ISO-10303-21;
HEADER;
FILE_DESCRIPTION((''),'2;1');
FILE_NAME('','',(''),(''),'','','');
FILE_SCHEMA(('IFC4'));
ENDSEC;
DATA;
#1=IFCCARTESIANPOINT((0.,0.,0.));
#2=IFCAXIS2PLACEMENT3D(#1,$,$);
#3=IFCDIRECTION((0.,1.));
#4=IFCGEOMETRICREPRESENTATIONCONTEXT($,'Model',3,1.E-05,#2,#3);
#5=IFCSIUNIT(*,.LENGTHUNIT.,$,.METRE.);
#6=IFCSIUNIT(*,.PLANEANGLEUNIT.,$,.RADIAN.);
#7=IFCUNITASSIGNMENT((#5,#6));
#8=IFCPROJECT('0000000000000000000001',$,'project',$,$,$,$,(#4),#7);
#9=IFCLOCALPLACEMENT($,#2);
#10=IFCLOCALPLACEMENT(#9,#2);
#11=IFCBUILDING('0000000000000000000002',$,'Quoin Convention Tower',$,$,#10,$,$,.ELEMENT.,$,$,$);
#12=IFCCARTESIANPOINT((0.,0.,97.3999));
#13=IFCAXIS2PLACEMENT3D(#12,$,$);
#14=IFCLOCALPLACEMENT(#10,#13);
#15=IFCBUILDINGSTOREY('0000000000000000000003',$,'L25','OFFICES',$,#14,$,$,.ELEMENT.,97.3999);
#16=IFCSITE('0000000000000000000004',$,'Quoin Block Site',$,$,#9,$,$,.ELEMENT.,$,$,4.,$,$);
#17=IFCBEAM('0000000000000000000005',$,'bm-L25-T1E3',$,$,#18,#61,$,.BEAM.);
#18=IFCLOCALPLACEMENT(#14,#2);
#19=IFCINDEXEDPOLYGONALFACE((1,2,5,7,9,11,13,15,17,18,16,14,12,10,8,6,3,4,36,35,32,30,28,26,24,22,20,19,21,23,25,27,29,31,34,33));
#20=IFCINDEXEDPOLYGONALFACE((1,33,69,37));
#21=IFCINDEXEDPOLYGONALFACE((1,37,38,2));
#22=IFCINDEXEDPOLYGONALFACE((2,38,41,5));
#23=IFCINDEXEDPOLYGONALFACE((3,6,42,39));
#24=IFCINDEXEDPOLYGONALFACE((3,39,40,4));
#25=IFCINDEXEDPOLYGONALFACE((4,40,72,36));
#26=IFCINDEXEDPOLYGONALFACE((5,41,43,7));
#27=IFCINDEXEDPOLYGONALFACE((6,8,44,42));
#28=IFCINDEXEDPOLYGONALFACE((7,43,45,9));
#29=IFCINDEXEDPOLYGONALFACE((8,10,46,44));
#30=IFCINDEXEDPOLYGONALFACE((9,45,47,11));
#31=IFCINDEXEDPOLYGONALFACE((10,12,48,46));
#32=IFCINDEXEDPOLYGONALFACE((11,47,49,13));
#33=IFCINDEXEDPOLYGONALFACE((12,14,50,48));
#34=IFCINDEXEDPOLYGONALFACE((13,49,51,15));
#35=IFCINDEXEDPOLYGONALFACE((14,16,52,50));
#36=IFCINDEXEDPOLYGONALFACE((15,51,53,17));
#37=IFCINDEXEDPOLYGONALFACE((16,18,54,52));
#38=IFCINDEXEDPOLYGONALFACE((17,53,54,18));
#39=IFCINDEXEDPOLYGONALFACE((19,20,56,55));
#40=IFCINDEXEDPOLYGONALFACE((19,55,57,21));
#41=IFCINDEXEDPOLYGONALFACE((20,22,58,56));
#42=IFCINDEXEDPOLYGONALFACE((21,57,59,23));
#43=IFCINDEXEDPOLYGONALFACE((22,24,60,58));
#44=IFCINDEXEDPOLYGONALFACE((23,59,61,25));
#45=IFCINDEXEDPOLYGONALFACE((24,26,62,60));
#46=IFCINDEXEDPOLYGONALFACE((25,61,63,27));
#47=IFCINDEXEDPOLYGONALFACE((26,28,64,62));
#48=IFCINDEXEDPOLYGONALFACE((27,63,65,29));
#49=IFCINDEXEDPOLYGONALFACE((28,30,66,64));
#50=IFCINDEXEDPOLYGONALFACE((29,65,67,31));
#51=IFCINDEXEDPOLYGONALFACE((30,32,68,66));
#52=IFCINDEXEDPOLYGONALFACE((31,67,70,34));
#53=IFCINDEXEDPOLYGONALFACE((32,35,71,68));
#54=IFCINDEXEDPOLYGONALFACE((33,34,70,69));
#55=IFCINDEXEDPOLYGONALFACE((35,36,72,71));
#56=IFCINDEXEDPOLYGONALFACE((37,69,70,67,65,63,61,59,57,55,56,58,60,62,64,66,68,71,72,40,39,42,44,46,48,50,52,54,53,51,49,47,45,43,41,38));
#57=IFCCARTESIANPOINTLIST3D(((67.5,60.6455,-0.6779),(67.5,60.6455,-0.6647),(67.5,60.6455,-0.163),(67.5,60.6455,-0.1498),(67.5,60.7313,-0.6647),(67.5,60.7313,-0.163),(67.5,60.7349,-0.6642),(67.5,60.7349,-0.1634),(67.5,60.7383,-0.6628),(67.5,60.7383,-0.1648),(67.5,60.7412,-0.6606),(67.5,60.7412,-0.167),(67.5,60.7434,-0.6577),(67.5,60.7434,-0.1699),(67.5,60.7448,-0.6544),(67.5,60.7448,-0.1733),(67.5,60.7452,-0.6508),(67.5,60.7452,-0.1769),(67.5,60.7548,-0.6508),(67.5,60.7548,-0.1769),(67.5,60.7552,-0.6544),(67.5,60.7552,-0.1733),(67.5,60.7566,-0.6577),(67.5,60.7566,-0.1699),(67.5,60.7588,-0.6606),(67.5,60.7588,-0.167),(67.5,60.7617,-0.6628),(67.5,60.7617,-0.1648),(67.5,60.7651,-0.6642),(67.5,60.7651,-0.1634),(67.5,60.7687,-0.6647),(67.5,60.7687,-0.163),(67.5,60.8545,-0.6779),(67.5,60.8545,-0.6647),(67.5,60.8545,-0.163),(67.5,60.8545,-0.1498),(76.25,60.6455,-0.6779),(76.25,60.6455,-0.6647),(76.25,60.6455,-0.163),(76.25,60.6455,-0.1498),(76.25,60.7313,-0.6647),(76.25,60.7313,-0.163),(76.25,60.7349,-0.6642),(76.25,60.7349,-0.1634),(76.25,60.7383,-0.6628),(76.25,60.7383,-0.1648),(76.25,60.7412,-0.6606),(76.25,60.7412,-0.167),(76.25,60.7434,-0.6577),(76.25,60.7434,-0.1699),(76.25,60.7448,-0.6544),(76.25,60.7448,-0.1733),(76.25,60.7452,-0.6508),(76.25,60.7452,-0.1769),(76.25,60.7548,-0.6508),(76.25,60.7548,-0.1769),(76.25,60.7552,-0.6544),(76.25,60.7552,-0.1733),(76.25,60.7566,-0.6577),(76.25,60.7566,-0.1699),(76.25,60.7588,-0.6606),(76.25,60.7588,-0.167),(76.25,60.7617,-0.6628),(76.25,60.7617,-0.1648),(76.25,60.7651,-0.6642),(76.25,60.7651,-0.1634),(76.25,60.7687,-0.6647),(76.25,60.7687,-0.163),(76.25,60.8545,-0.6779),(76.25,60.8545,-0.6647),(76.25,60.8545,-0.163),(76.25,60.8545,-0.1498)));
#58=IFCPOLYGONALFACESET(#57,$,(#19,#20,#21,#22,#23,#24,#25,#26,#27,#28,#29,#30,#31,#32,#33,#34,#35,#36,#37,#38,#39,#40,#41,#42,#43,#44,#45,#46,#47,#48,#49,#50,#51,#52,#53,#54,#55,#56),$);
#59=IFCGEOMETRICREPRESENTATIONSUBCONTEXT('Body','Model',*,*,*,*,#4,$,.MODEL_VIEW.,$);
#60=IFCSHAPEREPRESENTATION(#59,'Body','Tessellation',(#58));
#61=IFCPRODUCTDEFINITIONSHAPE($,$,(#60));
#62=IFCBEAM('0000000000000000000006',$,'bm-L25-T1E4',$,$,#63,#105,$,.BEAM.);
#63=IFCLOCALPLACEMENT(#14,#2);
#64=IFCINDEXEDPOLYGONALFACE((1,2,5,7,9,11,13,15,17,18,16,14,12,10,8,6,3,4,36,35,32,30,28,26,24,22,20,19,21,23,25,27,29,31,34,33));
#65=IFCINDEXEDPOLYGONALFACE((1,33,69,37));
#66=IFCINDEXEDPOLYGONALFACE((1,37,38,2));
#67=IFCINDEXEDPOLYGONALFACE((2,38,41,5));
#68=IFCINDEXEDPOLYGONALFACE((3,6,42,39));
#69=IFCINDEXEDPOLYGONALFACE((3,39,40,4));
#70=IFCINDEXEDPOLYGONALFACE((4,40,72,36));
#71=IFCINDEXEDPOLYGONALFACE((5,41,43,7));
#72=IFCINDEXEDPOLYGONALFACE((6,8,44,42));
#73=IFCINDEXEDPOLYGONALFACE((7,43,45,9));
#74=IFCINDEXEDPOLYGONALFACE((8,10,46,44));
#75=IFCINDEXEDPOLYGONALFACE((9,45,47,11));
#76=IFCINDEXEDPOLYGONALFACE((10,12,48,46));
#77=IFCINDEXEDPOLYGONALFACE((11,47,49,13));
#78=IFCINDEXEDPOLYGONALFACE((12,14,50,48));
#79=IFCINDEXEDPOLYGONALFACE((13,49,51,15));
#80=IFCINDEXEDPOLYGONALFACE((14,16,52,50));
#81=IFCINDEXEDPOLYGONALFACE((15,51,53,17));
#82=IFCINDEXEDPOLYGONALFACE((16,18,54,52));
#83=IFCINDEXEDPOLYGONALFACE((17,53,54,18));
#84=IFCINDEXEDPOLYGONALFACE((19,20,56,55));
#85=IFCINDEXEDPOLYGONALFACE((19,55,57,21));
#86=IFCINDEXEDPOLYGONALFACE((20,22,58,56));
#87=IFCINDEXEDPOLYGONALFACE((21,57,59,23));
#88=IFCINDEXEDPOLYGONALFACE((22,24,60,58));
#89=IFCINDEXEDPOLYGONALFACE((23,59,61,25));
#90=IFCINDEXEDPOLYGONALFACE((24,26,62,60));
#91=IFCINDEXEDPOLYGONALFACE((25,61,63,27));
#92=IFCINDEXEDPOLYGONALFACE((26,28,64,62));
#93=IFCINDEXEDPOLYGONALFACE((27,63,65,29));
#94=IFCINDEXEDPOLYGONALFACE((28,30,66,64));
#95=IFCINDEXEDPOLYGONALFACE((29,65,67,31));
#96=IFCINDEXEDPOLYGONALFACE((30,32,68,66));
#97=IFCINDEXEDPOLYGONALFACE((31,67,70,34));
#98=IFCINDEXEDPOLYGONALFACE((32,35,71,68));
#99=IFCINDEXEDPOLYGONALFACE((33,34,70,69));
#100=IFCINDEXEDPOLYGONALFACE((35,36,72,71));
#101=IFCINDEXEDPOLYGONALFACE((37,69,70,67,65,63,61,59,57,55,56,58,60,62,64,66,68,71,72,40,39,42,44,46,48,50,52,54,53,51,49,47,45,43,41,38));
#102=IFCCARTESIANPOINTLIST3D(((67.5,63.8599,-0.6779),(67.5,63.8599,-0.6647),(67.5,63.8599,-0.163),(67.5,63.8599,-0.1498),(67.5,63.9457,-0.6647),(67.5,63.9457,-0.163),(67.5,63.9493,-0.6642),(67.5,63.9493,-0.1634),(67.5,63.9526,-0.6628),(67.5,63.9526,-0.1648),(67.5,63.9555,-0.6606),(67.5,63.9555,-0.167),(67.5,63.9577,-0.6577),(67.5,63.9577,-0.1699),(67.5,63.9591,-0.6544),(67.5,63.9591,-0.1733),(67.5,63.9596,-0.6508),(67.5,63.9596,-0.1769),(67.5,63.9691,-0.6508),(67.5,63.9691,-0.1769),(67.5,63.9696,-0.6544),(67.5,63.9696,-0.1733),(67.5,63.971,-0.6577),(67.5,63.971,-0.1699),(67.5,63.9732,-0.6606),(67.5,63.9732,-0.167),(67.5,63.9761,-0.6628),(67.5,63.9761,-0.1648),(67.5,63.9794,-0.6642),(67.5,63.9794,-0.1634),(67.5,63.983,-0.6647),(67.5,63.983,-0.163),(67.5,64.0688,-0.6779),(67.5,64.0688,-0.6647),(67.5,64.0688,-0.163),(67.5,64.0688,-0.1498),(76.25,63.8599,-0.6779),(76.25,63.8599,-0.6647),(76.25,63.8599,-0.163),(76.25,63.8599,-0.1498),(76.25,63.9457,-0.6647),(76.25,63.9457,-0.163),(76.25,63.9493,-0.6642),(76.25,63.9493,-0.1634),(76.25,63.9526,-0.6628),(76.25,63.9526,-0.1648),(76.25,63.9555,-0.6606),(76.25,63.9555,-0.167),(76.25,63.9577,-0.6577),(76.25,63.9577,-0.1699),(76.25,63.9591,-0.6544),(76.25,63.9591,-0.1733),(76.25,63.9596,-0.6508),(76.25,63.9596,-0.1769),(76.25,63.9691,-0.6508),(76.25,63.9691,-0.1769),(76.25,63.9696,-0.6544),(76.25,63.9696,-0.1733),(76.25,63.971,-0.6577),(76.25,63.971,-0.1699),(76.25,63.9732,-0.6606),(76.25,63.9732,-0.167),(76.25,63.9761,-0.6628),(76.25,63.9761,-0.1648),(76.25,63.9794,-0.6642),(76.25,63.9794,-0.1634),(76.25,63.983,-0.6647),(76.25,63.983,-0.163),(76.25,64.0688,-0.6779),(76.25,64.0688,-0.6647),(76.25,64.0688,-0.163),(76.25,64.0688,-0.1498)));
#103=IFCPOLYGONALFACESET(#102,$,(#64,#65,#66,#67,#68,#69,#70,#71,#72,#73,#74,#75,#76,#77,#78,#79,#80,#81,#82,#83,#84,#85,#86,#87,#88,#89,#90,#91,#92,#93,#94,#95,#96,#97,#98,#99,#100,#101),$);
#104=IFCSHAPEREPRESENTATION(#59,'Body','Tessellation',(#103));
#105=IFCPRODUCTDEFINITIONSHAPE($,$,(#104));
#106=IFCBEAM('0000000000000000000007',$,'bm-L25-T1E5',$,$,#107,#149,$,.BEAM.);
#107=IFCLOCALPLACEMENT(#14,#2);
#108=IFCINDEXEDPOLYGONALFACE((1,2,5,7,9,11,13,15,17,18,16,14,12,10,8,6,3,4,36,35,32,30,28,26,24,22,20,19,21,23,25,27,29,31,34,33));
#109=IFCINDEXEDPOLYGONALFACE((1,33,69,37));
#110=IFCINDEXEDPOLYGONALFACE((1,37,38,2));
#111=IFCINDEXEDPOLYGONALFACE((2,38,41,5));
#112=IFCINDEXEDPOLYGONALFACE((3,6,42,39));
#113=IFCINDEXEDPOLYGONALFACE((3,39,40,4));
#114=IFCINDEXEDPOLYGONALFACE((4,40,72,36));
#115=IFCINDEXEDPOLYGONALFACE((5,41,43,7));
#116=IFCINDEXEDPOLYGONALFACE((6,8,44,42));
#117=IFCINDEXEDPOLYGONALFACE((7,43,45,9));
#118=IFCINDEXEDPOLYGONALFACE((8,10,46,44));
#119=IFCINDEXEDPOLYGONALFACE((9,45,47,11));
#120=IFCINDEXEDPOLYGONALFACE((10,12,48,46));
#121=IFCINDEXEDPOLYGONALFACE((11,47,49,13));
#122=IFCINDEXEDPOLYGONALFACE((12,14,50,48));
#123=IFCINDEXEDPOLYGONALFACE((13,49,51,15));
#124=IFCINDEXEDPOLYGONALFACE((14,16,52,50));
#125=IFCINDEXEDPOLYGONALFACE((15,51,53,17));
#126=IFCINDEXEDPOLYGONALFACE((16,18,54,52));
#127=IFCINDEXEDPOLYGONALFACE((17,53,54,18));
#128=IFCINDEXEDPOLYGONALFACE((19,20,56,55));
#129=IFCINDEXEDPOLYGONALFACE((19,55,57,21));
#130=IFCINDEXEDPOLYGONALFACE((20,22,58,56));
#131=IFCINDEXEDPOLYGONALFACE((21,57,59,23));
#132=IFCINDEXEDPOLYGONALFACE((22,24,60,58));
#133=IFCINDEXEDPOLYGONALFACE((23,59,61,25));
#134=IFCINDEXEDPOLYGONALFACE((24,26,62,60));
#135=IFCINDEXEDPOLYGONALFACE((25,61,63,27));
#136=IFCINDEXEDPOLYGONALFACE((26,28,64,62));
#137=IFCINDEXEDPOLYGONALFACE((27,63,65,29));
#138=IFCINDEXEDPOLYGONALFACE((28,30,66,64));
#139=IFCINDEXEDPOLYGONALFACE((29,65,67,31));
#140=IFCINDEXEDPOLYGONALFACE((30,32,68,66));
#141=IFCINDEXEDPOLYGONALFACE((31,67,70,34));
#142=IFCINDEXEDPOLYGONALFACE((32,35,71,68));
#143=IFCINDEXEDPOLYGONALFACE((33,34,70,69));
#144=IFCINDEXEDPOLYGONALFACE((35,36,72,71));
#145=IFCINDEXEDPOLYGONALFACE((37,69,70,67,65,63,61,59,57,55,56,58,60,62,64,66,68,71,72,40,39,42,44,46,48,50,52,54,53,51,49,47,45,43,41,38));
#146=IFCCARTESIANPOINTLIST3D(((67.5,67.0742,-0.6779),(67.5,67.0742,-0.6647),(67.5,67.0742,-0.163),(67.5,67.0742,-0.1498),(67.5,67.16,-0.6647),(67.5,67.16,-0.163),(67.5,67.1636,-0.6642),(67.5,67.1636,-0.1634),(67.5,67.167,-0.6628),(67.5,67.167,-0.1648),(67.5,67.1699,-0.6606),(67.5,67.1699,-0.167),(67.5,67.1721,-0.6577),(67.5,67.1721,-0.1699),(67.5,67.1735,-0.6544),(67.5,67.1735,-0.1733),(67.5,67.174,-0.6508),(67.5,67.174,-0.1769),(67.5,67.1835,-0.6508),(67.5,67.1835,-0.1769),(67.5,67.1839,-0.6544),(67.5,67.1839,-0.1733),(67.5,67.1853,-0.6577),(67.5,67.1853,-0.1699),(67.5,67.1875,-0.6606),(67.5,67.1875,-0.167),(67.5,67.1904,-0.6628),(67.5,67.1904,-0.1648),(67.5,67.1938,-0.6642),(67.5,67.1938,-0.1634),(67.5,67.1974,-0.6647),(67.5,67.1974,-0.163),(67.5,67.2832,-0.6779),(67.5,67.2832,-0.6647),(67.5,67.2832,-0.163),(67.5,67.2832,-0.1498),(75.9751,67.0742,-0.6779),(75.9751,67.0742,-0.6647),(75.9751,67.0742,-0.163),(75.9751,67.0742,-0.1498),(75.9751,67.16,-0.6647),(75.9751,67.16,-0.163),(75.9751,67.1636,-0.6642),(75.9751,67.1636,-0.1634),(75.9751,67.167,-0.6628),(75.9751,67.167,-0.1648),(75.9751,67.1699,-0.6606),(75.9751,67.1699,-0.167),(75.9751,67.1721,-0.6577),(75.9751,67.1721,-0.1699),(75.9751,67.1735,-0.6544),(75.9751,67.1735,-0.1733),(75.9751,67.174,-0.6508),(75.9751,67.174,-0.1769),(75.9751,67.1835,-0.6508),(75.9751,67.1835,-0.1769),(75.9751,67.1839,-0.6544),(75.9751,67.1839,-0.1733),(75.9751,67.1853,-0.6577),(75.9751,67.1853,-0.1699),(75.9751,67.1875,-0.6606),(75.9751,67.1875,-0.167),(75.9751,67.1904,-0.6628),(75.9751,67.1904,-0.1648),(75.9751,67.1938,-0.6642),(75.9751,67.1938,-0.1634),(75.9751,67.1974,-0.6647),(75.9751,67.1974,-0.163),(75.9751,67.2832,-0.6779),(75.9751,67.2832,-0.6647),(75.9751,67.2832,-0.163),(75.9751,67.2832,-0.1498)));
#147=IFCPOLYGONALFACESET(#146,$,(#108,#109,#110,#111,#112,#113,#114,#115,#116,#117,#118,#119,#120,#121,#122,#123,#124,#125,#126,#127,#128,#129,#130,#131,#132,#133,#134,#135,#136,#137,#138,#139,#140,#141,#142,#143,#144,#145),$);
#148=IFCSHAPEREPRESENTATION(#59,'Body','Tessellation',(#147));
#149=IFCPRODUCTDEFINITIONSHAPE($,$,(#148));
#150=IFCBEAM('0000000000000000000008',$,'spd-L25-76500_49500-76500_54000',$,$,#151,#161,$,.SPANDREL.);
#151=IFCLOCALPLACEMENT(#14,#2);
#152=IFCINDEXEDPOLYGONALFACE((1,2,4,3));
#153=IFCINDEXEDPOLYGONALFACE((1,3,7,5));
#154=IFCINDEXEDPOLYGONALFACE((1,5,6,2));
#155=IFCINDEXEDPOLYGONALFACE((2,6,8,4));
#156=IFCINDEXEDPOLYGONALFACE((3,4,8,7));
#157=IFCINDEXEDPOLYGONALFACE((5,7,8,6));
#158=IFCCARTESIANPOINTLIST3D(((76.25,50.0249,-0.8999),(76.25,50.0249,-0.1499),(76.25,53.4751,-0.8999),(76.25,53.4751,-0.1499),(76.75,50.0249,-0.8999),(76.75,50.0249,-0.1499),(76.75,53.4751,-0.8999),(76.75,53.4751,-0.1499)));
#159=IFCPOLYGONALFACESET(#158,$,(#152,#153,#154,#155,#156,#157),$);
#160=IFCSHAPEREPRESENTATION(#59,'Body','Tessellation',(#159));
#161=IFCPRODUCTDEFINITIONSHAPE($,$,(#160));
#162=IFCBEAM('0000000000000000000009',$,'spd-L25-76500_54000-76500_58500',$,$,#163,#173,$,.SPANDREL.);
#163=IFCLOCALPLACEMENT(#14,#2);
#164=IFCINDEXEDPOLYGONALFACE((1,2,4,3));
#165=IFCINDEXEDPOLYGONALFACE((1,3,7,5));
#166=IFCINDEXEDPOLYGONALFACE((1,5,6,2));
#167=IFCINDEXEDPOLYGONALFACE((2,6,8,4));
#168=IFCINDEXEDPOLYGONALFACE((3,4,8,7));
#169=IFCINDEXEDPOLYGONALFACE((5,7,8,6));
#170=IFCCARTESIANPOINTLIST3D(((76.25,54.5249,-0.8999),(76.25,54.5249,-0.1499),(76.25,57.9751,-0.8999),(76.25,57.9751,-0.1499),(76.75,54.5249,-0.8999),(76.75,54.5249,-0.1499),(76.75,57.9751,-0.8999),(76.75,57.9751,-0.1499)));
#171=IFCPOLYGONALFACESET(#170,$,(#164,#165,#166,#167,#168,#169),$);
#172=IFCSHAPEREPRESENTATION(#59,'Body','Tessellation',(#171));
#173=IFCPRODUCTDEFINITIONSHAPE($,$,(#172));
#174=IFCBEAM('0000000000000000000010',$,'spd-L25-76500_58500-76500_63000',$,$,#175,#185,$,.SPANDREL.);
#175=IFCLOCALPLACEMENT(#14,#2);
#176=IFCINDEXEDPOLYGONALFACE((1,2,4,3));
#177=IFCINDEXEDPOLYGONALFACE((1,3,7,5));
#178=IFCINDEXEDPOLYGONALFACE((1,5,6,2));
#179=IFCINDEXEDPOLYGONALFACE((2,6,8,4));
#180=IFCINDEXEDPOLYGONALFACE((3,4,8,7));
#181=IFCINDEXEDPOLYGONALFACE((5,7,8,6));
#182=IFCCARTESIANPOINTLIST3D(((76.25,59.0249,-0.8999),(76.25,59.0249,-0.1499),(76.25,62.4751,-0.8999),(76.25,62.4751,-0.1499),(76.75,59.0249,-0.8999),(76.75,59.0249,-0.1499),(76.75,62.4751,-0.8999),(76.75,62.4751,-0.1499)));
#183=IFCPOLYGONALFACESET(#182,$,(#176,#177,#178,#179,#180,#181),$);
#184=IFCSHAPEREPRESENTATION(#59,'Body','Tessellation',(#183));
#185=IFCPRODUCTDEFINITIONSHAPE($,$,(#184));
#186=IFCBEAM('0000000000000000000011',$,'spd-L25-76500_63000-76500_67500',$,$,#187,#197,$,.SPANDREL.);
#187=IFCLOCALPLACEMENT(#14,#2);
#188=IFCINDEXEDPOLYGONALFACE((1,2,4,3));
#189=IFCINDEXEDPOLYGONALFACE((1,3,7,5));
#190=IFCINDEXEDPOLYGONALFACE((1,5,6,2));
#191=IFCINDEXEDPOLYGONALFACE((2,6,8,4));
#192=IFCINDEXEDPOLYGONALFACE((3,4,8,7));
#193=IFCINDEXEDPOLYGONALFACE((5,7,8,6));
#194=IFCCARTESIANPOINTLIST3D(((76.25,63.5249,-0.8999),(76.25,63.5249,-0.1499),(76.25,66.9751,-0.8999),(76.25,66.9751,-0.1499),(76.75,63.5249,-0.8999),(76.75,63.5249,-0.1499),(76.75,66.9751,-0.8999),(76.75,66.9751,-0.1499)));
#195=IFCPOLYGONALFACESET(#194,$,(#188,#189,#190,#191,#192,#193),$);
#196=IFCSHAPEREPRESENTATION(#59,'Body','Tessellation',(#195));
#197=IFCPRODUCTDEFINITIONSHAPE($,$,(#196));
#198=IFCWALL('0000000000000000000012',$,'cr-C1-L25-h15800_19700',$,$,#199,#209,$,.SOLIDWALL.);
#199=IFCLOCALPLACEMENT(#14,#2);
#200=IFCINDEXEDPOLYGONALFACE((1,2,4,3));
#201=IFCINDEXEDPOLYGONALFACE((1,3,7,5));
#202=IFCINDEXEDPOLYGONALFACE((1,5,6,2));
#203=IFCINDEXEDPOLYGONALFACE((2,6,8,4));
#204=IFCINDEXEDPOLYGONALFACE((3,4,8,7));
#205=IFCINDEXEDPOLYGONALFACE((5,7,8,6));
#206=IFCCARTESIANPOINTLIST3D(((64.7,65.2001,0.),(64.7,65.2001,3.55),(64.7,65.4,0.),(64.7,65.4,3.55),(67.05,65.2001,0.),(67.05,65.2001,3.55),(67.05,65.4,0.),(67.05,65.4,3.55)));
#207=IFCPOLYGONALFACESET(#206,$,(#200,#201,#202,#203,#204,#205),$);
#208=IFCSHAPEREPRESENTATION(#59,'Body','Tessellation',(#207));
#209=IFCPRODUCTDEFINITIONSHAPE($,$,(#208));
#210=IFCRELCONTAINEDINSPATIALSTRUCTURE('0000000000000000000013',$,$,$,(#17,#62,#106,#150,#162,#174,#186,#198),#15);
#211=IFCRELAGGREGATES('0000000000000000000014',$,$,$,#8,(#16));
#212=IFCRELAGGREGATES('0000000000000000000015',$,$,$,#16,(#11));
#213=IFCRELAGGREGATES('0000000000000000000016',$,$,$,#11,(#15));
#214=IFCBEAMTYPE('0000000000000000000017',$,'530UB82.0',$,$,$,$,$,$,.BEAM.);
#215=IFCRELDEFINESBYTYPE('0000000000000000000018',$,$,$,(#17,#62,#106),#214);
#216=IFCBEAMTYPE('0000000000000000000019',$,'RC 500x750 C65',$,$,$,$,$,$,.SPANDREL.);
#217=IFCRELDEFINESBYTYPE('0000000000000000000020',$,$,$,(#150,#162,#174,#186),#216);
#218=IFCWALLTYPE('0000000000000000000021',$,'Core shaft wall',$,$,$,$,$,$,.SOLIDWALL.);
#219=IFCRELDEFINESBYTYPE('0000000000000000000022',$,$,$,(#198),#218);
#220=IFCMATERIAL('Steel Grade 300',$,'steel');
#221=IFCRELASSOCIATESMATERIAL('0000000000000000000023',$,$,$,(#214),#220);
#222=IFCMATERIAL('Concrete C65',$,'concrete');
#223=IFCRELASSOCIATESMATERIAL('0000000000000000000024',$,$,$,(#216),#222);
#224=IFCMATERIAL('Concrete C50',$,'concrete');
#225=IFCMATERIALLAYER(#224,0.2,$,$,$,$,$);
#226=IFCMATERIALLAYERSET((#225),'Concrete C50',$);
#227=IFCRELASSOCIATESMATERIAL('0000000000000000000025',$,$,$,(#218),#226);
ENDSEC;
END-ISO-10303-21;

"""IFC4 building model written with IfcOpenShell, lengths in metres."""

from ifc_helpers import new_model, si_unit, direction, frame, frame_2d, origin, origin_2d, place, context, subcontext, project, spatial, rectangle, i_section, extrude, material, layer, layer_set, material_profile, profile_set, type_object, element, save


model = new_model("IFC4")

# Units and contexts
model_context = context("Model", 3, precision=1e-05, world=origin(), true_north=direction((0.0, 1.0)))
body_context = subcontext(model_context, "Body", "Model", "MODEL_VIEW")
ifc_project = project(units=[si_unit("LENGTHUNIT", "METRE"), si_unit("PLANEANGLEUNIT", "RADIAN")], contexts=[model_context])

# Site, building, storey
site_placement = place(None, origin())
site = spatial("IfcSite", under=ifc_project, at=site_placement, Name="Quoin Block Site", CompositionType="ELEMENT", RefElevation=4.0)
building_placement = place(site_placement, origin())
building = spatial("IfcBuilding", under=site, at=building_placement, Name="Quoin Convention Tower", CompositionType="ELEMENT")
storey_placement = place(building_placement, frame((0.0, 0.0, 97.3999)))
storey = spatial("IfcBuildingStorey", under=building, at=storey_placement, Name="L25", Description="OFFICES", CompositionType="ELEMENT", Elevation=97.3999)

# Shared definitions
ifc_material_1 = material(Name="Concrete C65", Category="concrete")

# Beams
ifc_material_2 = material(Name="Steel Grade 300", Category="steel")
ifc_material_profile_1 = material_profile(ifc_material_2, i_section(OverallWidth=0.209, OverallDepth=0.5281, WebThickness=0.0095, FlangeThickness=0.0132, FilletRadius=0.0139, at=origin_2d()), Name="530UB82.0")
ifc_profile_set_1 = profile_set([ifc_material_profile_1], Name="Steel Grade 300")
beam_type_1 = type_object("IfcBeamType", Name="530UB82.0", PredefinedType="BEAM", material=ifc_profile_set_1)
for number, where, z_axis, x_axis, name in (
    (1, (67.5, 60.75, -0.4138), (1.0, 0.0, 0.0), (0.0, 1.0, 0.0), "bm-L25-T1E3"),
    (2, (67.5, 63.9644, -0.4138), (1.0, 0.0, 0.0), (0.0, 1.0, 0.0), "bm-L25-T1E4"),
):
    element("IfcBeam", number, at=place(storey_placement, frame(where, z_axis=z_axis, x_axis=x_axis)), inside=storey, type_object=beam_type_1, Name=name, PredefinedType="BEAM", context=body_context, shape_type="SweptSolid", body=[
        extrude(i_section(OverallWidth=0.209, OverallDepth=0.5281, WebThickness=0.0095, FlangeThickness=0.0132, FilletRadius=0.0139, at=origin_2d()), origin(), (0.0, 0.0, 1.0), 8.75),
    ])
beam_1_placement = place(storey_placement, frame((67.5, 67.1787, -0.4138), z_axis=(1.0, 0.0, 0.0), x_axis=(0.0, 1.0, 0.0)))
element("IfcBeam", 3, at=beam_1_placement, inside=storey, type_object=beam_type_1, Name="bm-L25-T1E5", PredefinedType="BEAM", context=body_context, shape_type="SweptSolid", body=[
    extrude(i_section(OverallWidth=0.209, OverallDepth=0.5281, WebThickness=0.0095, FlangeThickness=0.0132, FilletRadius=0.0139, at=origin_2d()), origin(), (0.0, 0.0, 1.0), 8.4751),
])
ifc_material_profile_2 = material_profile(ifc_material_1, rectangle(XDim=0.5, YDim=0.75, at=origin_2d()), Name="RC 500x750")
ifc_profile_set_2 = profile_set([ifc_material_profile_2], Name="Concrete C65")
beam_type_2 = type_object("IfcBeamType", Name="RC 500x750 C65", PredefinedType="SPANDREL", material=ifc_profile_set_2)
for number, where, z_axis, x_axis, name in (
    (4, (76.5, 50.0249, -0.5249), (0.0, 1.0, 0.0), (-1.0, 0.0, 0.0), "spd-L25-76500_49500-76500_54000"),
    (5, (76.5, 54.5249, -0.5249), (0.0, 1.0, 0.0), (-1.0, 0.0, 0.0), "spd-L25-76500_54000-76500_58500"),
    (6, (76.5, 59.0249, -0.5249), (0.0, 1.0, 0.0), (-1.0, 0.0, 0.0), "spd-L25-76500_58500-76500_63000"),
    (7, (76.5, 63.5249, -0.5249), (0.0, 1.0, 0.0), (-1.0, 0.0, 0.0), "spd-L25-76500_63000-76500_67500"),
):
    element("IfcBeam", number, at=place(storey_placement, frame(where, z_axis=z_axis, x_axis=x_axis)), inside=storey, type_object=beam_type_2, Name=name, PredefinedType="SPANDREL", context=body_context, shape_type="SweptSolid", body=[
        extrude(rectangle(XDim=0.5, YDim=0.75, at=origin_2d()), origin(), (0.0, 0.0, 1.0), 3.4502),
    ])

# Wall
ifc_material_3 = material(Name="Concrete C50", Category="concrete")
ifc_layer_1 = layer(ifc_material_3, 0.2)
ifc_layer_set_1 = layer_set([ifc_layer_1], Name="Concrete C50")
wall_type_1 = type_object("IfcWallType", Name="Core shaft wall", PredefinedType="SOLIDWALL", material=ifc_layer_set_1)
wall_1_placement = place(storey_placement, frame((64.7, 65.3, 0.0), z_axis=(0.0, 0.0, 1.0), x_axis=(1.0, 0.0, 0.0)))
element("IfcWall", 8, at=wall_1_placement, inside=storey, type_object=wall_type_1, Name="cr-C1-L25-h15800_19700", PredefinedType="SOLIDWALL", context=body_context, shape_type="SweptSolid", body=[
    extrude(rectangle(XDim=2.3501, YDim=0.2, at=frame_2d((1.175, 0.0))), origin(), (0.0, 0.0, 1.0), 3.55),
])

save(model, "model.ifc")
